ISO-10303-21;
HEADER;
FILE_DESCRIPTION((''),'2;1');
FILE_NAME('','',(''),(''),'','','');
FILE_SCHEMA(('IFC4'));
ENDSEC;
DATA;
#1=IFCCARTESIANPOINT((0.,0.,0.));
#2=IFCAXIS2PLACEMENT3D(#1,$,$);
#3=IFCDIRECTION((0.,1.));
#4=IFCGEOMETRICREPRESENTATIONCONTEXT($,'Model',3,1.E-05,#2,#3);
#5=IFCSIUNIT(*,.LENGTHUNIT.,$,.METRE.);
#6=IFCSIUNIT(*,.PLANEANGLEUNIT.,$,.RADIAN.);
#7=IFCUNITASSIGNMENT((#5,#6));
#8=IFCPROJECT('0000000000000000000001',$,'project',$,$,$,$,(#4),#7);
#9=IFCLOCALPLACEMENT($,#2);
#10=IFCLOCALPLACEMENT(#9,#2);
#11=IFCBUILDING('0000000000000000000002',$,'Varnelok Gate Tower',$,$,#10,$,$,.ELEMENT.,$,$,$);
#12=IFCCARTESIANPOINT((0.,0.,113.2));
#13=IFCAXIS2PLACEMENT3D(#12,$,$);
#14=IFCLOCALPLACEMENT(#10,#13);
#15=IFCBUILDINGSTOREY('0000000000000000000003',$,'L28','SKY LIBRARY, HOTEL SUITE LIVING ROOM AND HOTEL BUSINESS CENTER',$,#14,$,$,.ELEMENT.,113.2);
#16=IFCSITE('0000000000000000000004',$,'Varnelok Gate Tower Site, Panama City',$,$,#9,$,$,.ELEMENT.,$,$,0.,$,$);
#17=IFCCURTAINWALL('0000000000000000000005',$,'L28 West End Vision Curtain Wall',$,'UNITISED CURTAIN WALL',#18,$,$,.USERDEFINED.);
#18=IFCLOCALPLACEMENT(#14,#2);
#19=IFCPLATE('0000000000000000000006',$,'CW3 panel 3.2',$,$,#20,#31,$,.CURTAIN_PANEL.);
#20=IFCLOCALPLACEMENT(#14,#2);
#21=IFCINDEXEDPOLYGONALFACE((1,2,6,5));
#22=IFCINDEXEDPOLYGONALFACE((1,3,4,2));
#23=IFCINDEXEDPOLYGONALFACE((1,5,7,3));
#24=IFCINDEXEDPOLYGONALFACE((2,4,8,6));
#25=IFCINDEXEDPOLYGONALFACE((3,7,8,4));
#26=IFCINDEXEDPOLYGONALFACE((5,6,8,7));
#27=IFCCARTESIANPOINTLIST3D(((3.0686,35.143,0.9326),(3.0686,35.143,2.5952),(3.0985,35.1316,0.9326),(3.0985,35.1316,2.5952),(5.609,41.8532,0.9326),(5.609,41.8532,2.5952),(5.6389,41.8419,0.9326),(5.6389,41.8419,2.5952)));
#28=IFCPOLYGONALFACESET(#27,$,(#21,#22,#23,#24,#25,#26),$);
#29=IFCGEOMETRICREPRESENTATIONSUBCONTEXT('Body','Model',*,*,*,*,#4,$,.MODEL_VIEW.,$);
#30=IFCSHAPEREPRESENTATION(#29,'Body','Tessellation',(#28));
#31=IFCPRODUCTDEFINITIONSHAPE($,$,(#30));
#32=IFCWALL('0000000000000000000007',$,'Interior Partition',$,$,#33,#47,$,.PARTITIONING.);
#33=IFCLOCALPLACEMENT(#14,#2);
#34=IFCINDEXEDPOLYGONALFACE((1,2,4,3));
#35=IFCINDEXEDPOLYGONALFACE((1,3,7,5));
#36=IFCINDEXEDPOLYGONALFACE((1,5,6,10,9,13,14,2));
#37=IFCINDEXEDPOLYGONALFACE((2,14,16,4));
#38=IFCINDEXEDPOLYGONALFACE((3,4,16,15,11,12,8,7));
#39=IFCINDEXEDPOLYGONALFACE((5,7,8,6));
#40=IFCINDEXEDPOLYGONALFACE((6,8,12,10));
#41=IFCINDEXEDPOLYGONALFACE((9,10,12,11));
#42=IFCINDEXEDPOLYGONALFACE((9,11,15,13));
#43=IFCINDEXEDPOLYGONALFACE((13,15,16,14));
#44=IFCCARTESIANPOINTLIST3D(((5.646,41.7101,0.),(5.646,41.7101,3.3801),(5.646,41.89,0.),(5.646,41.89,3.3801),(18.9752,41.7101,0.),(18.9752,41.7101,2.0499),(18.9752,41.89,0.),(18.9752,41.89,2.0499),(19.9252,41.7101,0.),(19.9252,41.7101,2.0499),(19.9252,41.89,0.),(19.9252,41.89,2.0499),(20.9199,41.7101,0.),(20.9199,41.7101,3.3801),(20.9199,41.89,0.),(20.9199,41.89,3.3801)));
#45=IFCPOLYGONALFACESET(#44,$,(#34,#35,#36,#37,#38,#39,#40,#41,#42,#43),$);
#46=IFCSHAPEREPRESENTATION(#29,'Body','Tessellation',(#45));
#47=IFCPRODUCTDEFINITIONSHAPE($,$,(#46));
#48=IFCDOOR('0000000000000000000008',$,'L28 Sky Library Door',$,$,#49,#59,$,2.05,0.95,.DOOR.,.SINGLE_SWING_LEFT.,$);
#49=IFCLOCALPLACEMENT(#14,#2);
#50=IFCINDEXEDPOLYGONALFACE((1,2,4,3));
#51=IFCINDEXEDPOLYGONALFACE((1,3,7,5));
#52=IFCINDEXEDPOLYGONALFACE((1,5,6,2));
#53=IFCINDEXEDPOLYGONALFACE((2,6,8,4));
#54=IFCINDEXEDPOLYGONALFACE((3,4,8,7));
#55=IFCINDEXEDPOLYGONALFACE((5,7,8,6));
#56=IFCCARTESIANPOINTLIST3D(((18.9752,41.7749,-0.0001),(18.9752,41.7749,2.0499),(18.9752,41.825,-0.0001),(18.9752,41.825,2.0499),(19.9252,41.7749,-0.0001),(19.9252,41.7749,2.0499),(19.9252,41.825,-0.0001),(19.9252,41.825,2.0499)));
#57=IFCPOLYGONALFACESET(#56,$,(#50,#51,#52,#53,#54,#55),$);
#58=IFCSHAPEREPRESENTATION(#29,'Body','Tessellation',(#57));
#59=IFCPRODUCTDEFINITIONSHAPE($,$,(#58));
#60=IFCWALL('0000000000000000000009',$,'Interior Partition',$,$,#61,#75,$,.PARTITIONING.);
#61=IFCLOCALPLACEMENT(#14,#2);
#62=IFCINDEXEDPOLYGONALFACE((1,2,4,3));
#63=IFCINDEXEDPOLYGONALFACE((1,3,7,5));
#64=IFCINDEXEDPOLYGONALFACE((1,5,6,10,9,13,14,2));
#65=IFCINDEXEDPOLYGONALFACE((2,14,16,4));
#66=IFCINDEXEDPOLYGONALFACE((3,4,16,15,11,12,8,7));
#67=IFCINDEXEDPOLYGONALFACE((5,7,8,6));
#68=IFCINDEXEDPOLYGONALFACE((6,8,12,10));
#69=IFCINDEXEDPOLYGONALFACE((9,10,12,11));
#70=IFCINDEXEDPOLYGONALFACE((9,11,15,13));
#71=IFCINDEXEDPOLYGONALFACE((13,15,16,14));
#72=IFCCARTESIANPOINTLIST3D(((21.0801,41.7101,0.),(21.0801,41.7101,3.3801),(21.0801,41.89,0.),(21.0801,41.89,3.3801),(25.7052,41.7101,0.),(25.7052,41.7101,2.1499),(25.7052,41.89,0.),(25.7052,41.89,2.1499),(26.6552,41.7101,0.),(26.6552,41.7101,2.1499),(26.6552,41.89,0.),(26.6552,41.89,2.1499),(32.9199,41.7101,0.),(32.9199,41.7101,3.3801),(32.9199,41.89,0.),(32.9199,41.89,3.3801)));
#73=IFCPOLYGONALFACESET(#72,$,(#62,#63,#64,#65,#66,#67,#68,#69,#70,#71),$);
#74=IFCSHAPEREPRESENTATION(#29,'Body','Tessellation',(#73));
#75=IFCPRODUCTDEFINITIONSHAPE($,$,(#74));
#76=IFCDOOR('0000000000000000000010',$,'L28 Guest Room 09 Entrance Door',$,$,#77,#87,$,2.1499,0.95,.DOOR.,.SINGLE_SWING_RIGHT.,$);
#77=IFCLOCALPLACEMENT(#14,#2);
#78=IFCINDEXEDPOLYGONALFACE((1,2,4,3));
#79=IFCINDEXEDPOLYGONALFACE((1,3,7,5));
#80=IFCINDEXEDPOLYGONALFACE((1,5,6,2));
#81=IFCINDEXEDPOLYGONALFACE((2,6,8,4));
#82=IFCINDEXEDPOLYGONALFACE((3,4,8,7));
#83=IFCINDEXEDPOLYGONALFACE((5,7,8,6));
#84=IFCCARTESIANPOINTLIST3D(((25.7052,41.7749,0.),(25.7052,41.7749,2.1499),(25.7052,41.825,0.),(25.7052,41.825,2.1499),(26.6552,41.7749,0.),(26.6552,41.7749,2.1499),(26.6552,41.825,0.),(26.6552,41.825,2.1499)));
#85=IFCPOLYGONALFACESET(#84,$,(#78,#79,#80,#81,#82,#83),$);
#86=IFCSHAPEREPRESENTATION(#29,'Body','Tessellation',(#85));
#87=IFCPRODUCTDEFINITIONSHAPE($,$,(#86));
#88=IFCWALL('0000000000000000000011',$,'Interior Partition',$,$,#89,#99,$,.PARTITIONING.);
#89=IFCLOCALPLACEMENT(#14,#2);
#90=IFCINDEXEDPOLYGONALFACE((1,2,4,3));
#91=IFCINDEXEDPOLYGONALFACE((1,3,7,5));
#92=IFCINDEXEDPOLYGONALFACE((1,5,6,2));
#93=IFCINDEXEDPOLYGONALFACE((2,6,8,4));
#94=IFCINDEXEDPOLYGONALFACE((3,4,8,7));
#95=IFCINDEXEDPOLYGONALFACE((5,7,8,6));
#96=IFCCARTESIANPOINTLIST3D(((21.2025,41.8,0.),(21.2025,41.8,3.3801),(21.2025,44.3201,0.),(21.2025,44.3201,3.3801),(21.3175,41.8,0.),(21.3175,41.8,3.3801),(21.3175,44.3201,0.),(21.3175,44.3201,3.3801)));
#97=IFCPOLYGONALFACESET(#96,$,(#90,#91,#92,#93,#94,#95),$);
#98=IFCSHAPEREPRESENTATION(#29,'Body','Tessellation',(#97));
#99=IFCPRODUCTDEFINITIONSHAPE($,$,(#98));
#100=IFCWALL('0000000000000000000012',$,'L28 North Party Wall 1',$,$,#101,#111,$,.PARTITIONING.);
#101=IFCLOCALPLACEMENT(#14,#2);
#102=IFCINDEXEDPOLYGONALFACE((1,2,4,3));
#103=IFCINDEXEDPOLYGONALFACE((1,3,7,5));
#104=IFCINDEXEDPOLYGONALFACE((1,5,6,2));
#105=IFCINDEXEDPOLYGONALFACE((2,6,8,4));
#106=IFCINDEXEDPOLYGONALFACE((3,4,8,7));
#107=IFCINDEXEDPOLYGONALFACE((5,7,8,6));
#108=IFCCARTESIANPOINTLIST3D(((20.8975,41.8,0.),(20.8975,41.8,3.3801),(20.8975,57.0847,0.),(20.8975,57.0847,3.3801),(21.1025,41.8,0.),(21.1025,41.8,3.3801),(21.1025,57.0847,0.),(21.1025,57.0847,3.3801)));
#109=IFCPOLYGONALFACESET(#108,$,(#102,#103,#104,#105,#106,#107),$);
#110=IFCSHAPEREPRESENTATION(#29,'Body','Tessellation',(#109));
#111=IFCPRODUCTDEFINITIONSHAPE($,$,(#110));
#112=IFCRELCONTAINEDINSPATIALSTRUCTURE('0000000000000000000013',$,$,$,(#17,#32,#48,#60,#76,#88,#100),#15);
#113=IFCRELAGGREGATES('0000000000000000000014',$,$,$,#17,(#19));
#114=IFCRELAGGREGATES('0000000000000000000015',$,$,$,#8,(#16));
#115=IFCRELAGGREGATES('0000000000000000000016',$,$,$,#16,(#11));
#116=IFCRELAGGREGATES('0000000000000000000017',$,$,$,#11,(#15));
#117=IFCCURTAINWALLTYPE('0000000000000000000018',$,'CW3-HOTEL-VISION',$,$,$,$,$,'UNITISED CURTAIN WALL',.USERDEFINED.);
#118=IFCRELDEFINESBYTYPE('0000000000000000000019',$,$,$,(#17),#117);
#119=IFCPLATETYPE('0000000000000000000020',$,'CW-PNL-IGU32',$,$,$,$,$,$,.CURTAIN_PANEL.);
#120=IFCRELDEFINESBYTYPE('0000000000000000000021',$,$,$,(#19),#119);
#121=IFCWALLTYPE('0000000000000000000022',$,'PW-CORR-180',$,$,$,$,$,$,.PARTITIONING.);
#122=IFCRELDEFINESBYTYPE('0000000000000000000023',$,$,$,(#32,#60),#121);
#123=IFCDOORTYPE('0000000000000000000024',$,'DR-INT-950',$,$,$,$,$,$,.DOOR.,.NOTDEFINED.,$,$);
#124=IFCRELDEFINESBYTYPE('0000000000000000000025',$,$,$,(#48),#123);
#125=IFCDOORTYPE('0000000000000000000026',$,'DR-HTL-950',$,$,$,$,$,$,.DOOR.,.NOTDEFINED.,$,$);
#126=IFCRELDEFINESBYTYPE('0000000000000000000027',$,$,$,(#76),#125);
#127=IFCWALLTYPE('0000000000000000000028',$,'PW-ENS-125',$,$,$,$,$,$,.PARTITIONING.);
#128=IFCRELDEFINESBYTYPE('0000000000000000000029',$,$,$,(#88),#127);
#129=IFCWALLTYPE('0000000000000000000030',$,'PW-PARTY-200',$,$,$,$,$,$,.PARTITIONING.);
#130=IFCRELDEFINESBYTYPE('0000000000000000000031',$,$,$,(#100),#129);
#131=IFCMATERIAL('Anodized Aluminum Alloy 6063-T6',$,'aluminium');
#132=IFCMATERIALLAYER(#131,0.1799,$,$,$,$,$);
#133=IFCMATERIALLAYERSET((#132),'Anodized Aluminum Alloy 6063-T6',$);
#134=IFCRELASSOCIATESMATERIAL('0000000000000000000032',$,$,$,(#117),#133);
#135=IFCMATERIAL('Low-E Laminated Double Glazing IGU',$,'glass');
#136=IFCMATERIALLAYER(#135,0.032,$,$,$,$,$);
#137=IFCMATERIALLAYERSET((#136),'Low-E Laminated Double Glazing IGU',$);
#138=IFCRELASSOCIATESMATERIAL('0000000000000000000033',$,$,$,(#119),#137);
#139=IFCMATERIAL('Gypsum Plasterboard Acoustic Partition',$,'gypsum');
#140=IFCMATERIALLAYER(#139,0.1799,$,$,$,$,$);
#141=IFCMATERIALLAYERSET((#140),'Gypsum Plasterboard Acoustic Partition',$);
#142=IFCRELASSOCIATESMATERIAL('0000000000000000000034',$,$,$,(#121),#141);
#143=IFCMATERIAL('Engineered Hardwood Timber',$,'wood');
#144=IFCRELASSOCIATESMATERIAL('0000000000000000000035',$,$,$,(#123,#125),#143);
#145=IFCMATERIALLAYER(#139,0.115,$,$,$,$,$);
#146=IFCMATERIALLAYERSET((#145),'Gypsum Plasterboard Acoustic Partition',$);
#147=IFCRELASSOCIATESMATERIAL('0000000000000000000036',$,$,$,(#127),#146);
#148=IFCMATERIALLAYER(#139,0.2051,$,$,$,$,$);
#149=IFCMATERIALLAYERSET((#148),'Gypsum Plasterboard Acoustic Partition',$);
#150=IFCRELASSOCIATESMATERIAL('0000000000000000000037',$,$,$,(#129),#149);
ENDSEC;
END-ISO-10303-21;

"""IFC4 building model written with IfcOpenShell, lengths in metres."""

from ifc_helpers import new_model, si_unit, direction, frame, frame_2d, origin, origin_2d, place, context, subcontext, project, spatial, rectangle, extrude, source, transform, mapped, material, layer, layer_set, type_object, element, fill, aggregate, save


model = new_model("IFC4")

# Units and contexts
model_context = context("Model", 3, precision=1e-05, world=origin(), true_north=direction((0.0, 1.0)))
body_context = subcontext(model_context, "Body", "Model", "MODEL_VIEW")
ifc_project = project(units=[si_unit("LENGTHUNIT", "METRE"), si_unit("PLANEANGLEUNIT", "RADIAN")], contexts=[model_context])

# Site, building, storey
site_placement = place(None, origin())
site = spatial("IfcSite", under=ifc_project, at=site_placement, Name="Varnelok Gate Tower Site, Panama City", CompositionType="ELEMENT", RefElevation=0.0)
building_placement = place(site_placement, origin())
building = spatial("IfcBuilding", under=site, at=building_placement, Name="Varnelok Gate Tower", CompositionType="ELEMENT")
storey_placement = place(building_placement, frame((0.0, 0.0, 113.2)))
storey = spatial("IfcBuildingStorey", under=building, at=storey_placement, Name="L28", Description="SKY LIBRARY, HOTEL SUITE LIVING ROOM AND HOTEL BUSINESS CENTER", CompositionType="ELEMENT", Elevation=113.2)

# Curtain wall, plate
ifc_material_1 = material(Name="Anodized Aluminum Alloy 6063-T6", Category="aluminium")
ifc_layer_1 = layer(ifc_material_1, 0.1799)
ifc_layer_set_1 = layer_set([ifc_layer_1], Name="Anodized Aluminum Alloy 6063-T6")
curtain_wall_type = type_object("IfcCurtainWallType", Name="CW3-HOTEL-VISION", ElementType="UNITISED CURTAIN WALL", PredefinedType="USERDEFINED", material=ifc_layer_set_1)
curtain_wall_placement = place(storey_placement, origin())
curtain_wall = element("IfcCurtainWall", 1, at=curtain_wall_placement, inside=storey, type_object=curtain_wall_type, Name="L28 West End Vision Curtain Wall", ObjectType="UNITISED CURTAIN WALL", PredefinedType="USERDEFINED")
ifc_material_2 = material(Name="Low-E Laminated Double Glazing IGU", Category="glass")
ifc_layer_2 = layer(ifc_material_2, 0.032)
ifc_layer_set_2 = layer_set([ifc_layer_2], Name="Low-E Laminated Double Glazing IGU")
plate_type = type_object("IfcPlateType", Name="CW-PNL-IGU32", PredefinedType="CURTAIN_PANEL", material=ifc_layer_set_2)
shared_shape_1 = source(origin(), body_context, "Body", "SweptSolid", [
    extrude(rectangle(XDim=7.175, YDim=0.032, at=origin_2d()), origin(), (0.0, 0.0, 1.0), 1.6626),
])
plate_1_placement = place(storey_placement, frame((4.3538, 38.4924, 0.9326), z_axis=(0.0, 0.0, 1.0), x_axis=(0.354064, 0.935221, 0.0)))
plate_1 = element("IfcPlate", 2, at=plate_1_placement, type_object=plate_type, Name="CW3 panel 3.2", PredefinedType="CURTAIN_PANEL", context=body_context, shape_type="MappedRepresentation", body=[
    mapped(shared_shape_1, transform((0.0, 0.0, 0.0), scale=1.0)),
])
aggregate(curtain_wall, [plate_1])

# Walls, openings, doors
ifc_material_3 = material(Name="Gypsum Plasterboard Acoustic Partition", Category="gypsum")
ifc_layer_3 = layer(ifc_material_3, 0.1799)
ifc_layer_set_3 = layer_set([ifc_layer_3], Name="Gypsum Plasterboard Acoustic Partition")
wall_type_1 = type_object("IfcWallType", Name="PW-CORR-180", PredefinedType="PARTITIONING", material=ifc_layer_set_3)
wall_1_placement = place(storey_placement, frame((5.646, 41.8, 0.0), z_axis=(0.0, 0.0, 1.0), x_axis=(1.0, 0.0, 0.0)))
wall_1 = element("IfcWall", 3, at=wall_1_placement, inside=storey, type_object=wall_type_1, Name="Interior Partition", PredefinedType="PARTITIONING", context=body_context, shape_type="SweptSolid", body=[
    extrude(rectangle(XDim=15.2739, YDim=0.1799, at=frame_2d((7.637, 0.0))), origin(), (0.0, 0.0, 1.0), 3.3801),
])
opening_1_placement = place(wall_1_placement, frame((13.3291, 0.0, 0.0)))
opening_1 = element("IfcOpeningElement", 4, at=opening_1_placement, cuts=wall_1, PredefinedType="OPENING", context=body_context, shape_type="SweptSolid", body=[
    extrude(rectangle(XDim=0.95, YDim=2.05, at=frame_2d((0.4751, 1.0249))), frame((0.0, 0.0999, 0.0), z_axis=(0.0, -1.0, 0.0), x_axis=(1.0, 0.0, 0.0)), (0.0, 0.0, 1.0), 0.2),
])
ifc_material_4 = material(Name="Engineered Hardwood Timber", Category="wood")
door_type_1 = type_object("IfcDoorType", Name="DR-INT-950", OperationType="NOTDEFINED", PredefinedType="DOOR", material=ifc_material_4)
door_1_placement = place(opening_1_placement, origin())
door_1 = element("IfcDoor", 5, at=door_1_placement, inside=storey, type_object=door_type_1, Name="L28 Sky Library Door", OperationType="SINGLE_SWING_LEFT", OverallHeight=2.05, OverallWidth=0.95, PredefinedType="DOOR", context=body_context, shape_type="SweptSolid", body=[
    extrude(rectangle(XDim=0.95, YDim=2.05, at=frame_2d((0.4751, 1.0249))), frame((0.0, 0.0249, 0.0), z_axis=(0.0, -1.0, 0.0), x_axis=(1.0, 0.0, 0.0)), (0.0, 0.0, 1.0), 0.05),
])
fill(opening_1, door_1)
wall_2_placement = place(storey_placement, frame((21.0801, 41.8, 0.0), z_axis=(0.0, 0.0, 1.0), x_axis=(1.0, 0.0, 0.0)))
wall_2 = element("IfcWall", 6, at=wall_2_placement, inside=storey, type_object=wall_type_1, Name="Interior Partition", PredefinedType="PARTITIONING", context=body_context, shape_type="SweptSolid", body=[
    extrude(rectangle(XDim=11.8398, YDim=0.1799, at=frame_2d((5.9199, 0.0))), origin(), (0.0, 0.0, 1.0), 3.3801),
])
opening_2_placement = place(wall_2_placement, frame((4.625, 0.0, 0.0)))
opening_2 = element("IfcOpeningElement", 7, at=opening_2_placement, cuts=wall_2, PredefinedType="OPENING", context=body_context, shape_type="SweptSolid", body=[
    extrude(rectangle(XDim=0.95, YDim=2.1499, at=frame_2d((0.4751, 1.075))), frame((0.0, 0.0999, 0.0), z_axis=(0.0, -1.0, 0.0), x_axis=(1.0, 0.0, 0.0)), (0.0, 0.0, 1.0), 0.2),
])
door_type_2 = type_object("IfcDoorType", Name="DR-HTL-950", OperationType="NOTDEFINED", PredefinedType="DOOR", material=ifc_material_4)
door_2_placement = place(opening_2_placement, origin())
door_2 = element("IfcDoor", 8, at=door_2_placement, inside=storey, type_object=door_type_2, Name="L28 Guest Room 09 Entrance Door", OperationType="SINGLE_SWING_RIGHT", OverallHeight=2.1499, OverallWidth=0.95, PredefinedType="DOOR", context=body_context, shape_type="SweptSolid", body=[
    extrude(rectangle(XDim=0.95, YDim=2.1499, at=frame_2d((0.4751, 1.075))), frame((0.0, 0.0249, 0.0), z_axis=(0.0, -1.0, 0.0), x_axis=(1.0, 0.0, 0.0)), (0.0, 0.0, 1.0), 0.05),
])
fill(opening_2, door_2)

# Walls
ifc_layer_4 = layer(ifc_material_3, 0.115)
ifc_layer_set_4 = layer_set([ifc_layer_4], Name="Gypsum Plasterboard Acoustic Partition")
wall_type_2 = type_object("IfcWallType", Name="PW-ENS-125", PredefinedType="PARTITIONING", material=ifc_layer_set_4)
wall_3_placement = place(storey_placement, frame((21.26, 41.8, 0.0), z_axis=(0.0, 0.0, 1.0), x_axis=(0.0, 1.0, 0.0)))
element("IfcWall", 9, at=wall_3_placement, inside=storey, type_object=wall_type_2, Name="Interior Partition", PredefinedType="PARTITIONING", context=body_context, shape_type="SweptSolid", body=[
    extrude(rectangle(XDim=2.52, YDim=0.115, at=frame_2d((1.26, 0.0))), origin(), (0.0, 0.0, 1.0), 3.3801),
])
ifc_layer_5 = layer(ifc_material_3, 0.2051)
ifc_layer_set_5 = layer_set([ifc_layer_5], Name="Gypsum Plasterboard Acoustic Partition")
wall_type_3 = type_object("IfcWallType", Name="PW-PARTY-200", PredefinedType="PARTITIONING", material=ifc_layer_set_5)
wall_4_placement = place(storey_placement, frame((21.0, 41.8, 0.0), z_axis=(0.0, 0.0, 1.0), x_axis=(0.0, 1.0, 0.0)))
element("IfcWall", 10, at=wall_4_placement, inside=storey, type_object=wall_type_3, Name="L28 North Party Wall 1", PredefinedType="PARTITIONING", context=body_context, shape_type="SweptSolid", body=[
    extrude(rectangle(XDim=15.2847, YDim=0.2051, at=frame_2d((7.6423, 0.0))), origin(), (0.0, 0.0, 1.0), 3.3801),
])

save(model, "model.ifc")
